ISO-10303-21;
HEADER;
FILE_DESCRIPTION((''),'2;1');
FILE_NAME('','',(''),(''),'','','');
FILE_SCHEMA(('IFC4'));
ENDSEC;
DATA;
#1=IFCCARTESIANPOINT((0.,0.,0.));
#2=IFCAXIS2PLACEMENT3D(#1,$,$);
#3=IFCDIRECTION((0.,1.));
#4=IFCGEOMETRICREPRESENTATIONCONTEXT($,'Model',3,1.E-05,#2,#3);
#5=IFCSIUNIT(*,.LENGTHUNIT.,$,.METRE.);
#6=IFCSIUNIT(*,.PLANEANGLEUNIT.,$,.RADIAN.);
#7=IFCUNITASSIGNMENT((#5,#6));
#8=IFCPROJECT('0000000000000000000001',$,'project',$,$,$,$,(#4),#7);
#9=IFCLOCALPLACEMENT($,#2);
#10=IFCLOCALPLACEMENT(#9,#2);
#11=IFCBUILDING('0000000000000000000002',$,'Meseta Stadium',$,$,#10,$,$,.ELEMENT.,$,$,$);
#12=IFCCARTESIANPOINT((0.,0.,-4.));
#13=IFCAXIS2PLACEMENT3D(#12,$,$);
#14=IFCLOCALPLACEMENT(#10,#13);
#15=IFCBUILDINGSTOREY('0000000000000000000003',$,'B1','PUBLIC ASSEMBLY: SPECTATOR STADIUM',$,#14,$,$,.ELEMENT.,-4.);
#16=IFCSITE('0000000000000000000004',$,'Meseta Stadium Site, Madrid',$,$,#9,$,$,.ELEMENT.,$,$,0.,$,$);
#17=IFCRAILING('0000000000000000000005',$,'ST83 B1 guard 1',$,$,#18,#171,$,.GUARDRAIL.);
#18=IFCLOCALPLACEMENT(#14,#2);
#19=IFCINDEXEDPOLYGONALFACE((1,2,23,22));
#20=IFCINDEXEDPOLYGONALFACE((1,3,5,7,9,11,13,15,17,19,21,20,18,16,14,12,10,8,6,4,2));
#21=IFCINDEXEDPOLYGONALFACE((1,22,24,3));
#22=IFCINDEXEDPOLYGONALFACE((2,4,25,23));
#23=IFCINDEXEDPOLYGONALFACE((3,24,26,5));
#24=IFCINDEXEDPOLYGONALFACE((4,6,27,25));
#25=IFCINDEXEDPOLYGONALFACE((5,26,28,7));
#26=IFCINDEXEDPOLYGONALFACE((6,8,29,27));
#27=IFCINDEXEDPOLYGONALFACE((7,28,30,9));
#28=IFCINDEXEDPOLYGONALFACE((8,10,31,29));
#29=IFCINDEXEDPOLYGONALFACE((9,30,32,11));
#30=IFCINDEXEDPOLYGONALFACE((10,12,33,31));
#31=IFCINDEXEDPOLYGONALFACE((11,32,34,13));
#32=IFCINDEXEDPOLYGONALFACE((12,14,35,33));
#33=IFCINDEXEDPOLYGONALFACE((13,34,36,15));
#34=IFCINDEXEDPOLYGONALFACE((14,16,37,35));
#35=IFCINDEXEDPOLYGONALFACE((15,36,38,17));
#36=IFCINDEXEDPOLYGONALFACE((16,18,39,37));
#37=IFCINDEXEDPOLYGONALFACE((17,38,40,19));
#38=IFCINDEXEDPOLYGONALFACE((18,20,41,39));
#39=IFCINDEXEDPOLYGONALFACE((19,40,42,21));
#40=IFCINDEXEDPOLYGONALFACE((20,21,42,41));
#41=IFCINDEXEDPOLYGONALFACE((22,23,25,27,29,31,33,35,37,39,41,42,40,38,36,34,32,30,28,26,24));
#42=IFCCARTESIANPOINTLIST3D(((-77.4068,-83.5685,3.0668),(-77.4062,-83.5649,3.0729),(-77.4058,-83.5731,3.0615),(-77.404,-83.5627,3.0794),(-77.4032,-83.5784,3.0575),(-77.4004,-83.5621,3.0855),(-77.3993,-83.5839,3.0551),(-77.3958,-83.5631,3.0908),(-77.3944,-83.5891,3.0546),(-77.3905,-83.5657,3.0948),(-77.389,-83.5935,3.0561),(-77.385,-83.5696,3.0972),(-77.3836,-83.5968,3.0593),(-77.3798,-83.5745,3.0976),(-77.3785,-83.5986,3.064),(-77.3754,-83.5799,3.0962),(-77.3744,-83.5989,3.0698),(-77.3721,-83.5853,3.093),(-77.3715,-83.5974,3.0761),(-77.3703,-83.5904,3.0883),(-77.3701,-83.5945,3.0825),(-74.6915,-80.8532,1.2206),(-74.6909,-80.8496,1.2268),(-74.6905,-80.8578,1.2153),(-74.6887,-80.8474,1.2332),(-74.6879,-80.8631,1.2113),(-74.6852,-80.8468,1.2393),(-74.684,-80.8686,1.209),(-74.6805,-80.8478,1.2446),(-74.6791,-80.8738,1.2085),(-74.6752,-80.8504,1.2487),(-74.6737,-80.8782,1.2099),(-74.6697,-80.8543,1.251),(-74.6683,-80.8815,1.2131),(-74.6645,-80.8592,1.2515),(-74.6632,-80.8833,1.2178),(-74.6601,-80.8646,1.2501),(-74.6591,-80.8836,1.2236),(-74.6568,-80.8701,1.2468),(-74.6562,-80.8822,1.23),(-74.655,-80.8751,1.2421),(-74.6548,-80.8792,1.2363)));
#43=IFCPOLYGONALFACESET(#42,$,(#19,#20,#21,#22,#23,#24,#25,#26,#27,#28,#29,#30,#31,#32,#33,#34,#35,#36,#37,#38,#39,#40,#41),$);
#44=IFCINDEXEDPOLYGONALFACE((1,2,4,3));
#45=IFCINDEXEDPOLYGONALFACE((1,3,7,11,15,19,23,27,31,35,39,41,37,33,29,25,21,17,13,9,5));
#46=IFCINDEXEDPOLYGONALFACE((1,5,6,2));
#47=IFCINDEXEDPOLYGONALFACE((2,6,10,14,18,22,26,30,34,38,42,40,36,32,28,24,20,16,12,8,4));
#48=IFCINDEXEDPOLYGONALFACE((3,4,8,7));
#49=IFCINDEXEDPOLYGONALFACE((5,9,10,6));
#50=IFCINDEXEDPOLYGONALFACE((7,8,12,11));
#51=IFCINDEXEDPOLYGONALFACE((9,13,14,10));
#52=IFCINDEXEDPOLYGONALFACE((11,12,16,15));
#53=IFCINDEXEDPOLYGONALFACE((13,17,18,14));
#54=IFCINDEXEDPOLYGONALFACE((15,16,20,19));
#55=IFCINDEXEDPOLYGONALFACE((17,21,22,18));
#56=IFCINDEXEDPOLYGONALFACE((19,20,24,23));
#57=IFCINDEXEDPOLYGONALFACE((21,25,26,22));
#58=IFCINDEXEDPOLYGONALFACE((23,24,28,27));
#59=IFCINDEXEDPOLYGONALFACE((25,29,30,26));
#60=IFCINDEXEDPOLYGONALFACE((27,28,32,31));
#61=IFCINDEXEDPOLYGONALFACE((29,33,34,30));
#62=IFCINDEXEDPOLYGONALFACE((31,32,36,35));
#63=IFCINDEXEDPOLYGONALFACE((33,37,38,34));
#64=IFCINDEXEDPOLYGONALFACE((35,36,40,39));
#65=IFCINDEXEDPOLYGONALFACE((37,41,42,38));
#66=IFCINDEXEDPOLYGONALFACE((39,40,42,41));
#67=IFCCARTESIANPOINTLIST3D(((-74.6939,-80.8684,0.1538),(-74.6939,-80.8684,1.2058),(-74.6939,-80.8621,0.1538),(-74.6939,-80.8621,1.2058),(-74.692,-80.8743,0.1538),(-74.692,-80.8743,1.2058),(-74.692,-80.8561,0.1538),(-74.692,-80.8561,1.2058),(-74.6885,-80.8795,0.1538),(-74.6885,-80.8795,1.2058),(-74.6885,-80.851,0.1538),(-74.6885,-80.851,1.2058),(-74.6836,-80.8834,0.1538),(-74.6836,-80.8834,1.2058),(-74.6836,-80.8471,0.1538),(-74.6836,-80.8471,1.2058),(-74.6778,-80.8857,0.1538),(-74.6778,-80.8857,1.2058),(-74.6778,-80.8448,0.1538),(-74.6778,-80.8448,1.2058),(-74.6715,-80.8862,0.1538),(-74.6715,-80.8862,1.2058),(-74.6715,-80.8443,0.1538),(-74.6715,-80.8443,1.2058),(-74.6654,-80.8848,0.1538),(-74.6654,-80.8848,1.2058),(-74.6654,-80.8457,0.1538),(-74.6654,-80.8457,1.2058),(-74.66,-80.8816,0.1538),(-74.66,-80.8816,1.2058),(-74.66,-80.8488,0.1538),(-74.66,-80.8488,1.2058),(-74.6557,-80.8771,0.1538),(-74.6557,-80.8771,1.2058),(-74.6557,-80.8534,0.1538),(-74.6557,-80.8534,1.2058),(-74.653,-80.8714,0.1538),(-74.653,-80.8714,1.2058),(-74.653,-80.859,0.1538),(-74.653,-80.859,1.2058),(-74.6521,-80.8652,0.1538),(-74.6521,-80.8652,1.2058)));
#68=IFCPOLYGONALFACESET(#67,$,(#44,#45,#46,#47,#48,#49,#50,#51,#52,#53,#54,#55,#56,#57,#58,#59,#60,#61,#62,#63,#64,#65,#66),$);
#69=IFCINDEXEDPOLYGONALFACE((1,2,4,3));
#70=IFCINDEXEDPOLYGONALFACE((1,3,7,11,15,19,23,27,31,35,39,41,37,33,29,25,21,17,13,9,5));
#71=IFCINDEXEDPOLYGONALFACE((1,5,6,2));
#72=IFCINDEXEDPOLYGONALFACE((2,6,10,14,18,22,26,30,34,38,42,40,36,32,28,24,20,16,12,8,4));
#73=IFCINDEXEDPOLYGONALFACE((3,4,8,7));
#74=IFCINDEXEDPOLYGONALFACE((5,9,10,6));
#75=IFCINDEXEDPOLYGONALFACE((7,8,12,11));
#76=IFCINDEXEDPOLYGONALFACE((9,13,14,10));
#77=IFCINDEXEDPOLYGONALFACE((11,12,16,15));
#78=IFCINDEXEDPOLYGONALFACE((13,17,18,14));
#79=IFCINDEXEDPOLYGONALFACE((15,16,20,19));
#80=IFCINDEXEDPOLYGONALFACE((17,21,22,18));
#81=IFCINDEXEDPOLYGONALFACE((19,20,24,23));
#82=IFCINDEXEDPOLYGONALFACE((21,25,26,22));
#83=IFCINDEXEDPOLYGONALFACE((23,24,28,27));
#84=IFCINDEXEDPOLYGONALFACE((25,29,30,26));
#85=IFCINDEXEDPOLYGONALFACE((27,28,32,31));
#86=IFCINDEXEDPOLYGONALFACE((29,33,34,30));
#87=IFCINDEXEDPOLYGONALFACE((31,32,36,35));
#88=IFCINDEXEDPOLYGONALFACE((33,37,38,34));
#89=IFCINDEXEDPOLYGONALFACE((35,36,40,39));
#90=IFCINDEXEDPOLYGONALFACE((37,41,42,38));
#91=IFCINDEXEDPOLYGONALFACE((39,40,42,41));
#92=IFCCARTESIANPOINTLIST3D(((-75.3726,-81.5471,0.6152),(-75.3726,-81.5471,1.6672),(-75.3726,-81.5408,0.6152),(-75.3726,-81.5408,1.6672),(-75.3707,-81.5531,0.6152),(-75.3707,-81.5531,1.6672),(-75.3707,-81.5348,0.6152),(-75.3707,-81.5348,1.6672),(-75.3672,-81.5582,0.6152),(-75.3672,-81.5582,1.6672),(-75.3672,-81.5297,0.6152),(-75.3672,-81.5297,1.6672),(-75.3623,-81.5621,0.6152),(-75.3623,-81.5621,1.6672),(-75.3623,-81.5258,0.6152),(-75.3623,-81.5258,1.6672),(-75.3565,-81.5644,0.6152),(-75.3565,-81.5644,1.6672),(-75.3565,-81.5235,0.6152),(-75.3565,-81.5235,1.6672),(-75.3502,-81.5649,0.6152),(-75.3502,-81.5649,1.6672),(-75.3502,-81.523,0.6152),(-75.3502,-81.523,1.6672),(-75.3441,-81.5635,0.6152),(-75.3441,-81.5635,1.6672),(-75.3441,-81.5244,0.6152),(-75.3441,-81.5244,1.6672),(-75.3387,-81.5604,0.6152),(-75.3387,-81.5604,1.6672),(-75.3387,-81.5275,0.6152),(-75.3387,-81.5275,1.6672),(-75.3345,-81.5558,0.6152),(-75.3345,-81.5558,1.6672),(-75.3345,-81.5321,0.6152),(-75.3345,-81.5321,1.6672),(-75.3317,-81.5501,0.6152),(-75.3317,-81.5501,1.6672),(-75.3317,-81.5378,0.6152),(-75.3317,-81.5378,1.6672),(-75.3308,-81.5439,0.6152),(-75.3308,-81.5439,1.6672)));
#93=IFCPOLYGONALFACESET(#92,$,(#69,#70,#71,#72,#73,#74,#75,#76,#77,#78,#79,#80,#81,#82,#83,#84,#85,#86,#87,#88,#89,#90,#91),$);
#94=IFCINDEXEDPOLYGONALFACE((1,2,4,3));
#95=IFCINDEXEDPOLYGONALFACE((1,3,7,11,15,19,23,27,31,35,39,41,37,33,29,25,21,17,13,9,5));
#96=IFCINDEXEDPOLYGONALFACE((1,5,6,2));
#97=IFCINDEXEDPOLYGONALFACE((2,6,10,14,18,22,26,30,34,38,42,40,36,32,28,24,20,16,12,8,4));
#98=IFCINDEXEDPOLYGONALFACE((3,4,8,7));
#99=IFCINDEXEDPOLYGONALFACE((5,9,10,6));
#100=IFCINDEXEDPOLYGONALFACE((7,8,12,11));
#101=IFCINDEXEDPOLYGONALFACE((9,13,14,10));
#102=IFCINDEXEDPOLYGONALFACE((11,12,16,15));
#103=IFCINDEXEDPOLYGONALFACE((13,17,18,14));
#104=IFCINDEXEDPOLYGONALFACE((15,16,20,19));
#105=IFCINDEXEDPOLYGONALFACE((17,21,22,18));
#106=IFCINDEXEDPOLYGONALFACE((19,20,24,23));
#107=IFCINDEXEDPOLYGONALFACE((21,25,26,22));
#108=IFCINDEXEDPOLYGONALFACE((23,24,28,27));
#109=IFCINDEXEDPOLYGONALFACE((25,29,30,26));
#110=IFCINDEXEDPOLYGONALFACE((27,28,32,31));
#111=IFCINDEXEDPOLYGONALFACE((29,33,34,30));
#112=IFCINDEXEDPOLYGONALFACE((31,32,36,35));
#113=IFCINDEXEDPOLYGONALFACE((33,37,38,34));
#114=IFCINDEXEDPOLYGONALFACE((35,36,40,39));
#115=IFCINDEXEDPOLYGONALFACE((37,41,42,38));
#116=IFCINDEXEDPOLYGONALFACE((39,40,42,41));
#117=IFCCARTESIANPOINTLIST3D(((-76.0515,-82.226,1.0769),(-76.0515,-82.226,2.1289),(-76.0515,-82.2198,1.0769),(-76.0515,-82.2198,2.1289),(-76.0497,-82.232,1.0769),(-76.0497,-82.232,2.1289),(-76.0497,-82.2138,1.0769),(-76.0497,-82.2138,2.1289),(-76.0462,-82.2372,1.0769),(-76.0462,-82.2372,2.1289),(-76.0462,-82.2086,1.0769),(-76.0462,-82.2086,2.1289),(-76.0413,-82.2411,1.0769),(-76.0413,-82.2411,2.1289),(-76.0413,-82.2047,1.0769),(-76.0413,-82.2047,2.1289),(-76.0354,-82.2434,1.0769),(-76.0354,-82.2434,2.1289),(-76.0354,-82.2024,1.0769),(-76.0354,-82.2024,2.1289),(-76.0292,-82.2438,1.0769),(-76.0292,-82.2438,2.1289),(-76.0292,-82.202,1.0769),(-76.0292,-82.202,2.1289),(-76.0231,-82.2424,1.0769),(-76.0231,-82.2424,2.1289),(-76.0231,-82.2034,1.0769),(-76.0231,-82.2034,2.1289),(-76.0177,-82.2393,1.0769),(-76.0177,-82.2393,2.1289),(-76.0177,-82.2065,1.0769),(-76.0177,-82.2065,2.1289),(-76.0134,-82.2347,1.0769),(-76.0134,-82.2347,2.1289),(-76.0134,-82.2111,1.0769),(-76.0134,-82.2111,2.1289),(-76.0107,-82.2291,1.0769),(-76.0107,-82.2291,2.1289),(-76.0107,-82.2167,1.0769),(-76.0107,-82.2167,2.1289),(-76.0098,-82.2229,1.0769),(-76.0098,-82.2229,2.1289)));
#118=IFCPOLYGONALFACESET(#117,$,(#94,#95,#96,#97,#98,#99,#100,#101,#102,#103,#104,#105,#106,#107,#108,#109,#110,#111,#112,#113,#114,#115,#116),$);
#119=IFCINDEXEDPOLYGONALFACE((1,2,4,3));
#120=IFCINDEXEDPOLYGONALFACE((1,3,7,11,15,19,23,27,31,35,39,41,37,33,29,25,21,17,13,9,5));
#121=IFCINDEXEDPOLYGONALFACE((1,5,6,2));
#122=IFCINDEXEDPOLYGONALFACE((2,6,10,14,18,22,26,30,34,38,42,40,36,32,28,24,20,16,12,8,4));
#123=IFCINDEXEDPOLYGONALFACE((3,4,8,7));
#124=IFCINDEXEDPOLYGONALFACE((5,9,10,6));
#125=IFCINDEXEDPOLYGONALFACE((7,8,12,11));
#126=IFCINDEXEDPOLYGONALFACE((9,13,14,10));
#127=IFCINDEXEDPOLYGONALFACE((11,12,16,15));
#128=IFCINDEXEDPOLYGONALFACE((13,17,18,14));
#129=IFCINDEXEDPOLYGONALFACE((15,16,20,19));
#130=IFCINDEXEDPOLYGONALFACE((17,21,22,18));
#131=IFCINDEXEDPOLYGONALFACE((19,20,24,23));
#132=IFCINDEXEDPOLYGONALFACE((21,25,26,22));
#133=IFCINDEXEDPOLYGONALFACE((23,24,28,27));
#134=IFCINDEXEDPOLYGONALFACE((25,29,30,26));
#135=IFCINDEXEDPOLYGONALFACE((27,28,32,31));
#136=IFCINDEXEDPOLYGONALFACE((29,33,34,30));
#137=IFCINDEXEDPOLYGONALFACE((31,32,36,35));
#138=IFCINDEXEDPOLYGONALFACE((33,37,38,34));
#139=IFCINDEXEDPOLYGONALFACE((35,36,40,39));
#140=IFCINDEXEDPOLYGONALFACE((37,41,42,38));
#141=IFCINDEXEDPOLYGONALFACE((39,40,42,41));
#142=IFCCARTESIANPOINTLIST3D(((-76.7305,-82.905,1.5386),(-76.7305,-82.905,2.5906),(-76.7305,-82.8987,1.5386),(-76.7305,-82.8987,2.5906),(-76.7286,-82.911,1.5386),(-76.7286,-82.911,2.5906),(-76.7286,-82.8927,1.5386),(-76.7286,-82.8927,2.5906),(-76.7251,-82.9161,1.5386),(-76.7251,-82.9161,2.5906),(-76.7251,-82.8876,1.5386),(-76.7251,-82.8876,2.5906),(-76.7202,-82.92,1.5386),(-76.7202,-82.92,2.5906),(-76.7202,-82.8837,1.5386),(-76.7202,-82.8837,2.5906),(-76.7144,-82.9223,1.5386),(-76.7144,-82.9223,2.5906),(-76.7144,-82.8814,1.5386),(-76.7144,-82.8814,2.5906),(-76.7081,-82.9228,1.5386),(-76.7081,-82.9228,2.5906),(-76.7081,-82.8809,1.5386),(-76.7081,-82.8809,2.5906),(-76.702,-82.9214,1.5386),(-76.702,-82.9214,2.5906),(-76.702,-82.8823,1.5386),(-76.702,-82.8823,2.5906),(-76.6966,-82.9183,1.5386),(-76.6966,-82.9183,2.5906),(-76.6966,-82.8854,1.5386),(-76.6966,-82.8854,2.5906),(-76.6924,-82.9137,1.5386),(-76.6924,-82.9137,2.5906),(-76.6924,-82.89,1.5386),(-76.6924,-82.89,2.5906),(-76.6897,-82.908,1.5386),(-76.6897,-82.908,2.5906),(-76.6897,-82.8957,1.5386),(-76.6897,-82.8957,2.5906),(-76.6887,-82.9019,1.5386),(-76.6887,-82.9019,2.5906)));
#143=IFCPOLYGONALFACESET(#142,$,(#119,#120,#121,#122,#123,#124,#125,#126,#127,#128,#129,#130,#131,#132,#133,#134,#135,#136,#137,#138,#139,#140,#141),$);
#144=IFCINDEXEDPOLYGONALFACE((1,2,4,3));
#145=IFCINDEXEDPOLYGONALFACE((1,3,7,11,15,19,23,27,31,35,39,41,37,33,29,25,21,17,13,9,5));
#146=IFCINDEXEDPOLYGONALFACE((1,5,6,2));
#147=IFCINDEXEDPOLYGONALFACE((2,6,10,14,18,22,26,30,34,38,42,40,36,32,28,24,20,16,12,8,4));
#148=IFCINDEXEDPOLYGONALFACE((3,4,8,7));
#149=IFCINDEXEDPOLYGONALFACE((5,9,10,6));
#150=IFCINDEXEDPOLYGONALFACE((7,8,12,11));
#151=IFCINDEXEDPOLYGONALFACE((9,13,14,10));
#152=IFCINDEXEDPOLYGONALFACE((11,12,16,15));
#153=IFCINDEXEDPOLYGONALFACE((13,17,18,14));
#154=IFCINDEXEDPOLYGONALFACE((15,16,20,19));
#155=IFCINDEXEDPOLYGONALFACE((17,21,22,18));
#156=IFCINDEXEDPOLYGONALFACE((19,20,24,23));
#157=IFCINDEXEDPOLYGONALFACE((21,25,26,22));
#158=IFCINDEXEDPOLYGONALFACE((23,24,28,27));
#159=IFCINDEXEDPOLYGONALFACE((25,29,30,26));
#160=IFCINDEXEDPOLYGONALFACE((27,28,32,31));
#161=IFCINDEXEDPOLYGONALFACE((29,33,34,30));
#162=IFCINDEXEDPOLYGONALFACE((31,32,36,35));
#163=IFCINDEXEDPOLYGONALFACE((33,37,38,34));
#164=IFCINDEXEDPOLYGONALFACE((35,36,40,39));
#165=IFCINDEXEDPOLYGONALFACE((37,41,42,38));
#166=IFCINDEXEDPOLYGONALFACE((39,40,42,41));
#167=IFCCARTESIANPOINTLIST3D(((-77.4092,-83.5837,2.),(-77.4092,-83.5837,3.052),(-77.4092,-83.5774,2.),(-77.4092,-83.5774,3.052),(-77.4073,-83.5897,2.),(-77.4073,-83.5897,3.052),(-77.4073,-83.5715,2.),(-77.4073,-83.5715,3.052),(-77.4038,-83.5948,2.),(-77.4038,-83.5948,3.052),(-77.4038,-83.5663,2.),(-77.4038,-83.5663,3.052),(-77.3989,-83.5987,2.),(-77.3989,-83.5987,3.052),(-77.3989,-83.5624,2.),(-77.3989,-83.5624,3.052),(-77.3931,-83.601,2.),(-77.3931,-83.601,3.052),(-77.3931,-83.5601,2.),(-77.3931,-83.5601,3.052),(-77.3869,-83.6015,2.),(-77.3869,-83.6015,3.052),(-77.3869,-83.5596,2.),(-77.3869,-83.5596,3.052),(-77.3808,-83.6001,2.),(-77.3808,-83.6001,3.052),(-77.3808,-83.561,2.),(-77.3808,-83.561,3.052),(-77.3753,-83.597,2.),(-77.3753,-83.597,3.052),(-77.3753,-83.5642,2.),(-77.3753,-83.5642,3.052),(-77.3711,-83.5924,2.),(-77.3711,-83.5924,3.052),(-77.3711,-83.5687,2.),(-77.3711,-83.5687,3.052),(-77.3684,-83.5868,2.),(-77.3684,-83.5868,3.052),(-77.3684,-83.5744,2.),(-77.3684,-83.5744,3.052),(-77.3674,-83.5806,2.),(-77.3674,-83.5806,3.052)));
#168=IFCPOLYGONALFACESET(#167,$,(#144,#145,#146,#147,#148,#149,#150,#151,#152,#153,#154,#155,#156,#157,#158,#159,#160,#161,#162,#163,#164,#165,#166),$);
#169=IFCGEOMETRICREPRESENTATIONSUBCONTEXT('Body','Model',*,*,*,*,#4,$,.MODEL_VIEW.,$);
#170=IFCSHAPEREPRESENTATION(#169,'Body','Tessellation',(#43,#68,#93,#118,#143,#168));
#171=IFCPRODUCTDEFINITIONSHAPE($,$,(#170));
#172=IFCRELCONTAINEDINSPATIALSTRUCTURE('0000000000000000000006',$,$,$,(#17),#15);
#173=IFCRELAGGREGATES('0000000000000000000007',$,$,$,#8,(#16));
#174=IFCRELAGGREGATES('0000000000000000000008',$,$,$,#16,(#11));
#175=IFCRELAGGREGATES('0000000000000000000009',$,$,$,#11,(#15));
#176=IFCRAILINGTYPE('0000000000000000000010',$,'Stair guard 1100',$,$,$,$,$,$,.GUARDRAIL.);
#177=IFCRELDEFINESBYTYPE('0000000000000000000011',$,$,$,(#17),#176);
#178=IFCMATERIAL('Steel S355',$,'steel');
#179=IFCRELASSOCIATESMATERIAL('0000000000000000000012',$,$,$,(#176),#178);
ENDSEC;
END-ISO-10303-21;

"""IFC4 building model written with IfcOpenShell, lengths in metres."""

from ifc_helpers import new_model, si_unit, direction, frame, origin, origin_2d, place, context, subcontext, project, spatial, circle, extrude, material, type_object, element, save


model = new_model("IFC4")

# Units and contexts
model_context = context("Model", 3, precision=1e-05, world=origin(), true_north=direction((0.0, 1.0)))
body_context = subcontext(model_context, "Body", "Model", "MODEL_VIEW")
ifc_project = project(units=[si_unit("LENGTHUNIT", "METRE"), si_unit("PLANEANGLEUNIT", "RADIAN")], contexts=[model_context])

# Site, building, storey
site_placement = place(None, origin())
site = spatial("IfcSite", under=ifc_project, at=site_placement, Name="Meseta Stadium Site, Madrid", CompositionType="ELEMENT", RefElevation=0.0)
building_placement = place(site_placement, origin())
building = spatial("IfcBuilding", under=site, at=building_placement, Name="Meseta Stadium", CompositionType="ELEMENT")
storey_placement = place(building_placement, frame((0.0, 0.0, -4.0)))
storey = spatial("IfcBuildingStorey", under=building, at=storey_placement, Name="B1", Description="PUBLIC ASSEMBLY: SPECTATOR STADIUM", CompositionType="ELEMENT", Elevation=-4.0)

# Railing
ifc_material_1 = material(Name="Steel S355", Category="steel")
railing_type_1 = type_object("IfcRailingType", Name="Stair guard 1100", PredefinedType="GUARDRAIL", material=ifc_material_1)
railing_1_placement = place(storey_placement, frame((-74.6731, -80.8652, 0.1538)))
element("IfcRailing", 1, at=railing_1_placement, inside=storey, type_object=railing_type_1, Name="ST83 B1 guard 1", PredefinedType="GUARDRAIL", context=body_context, shape_type="SweptSolid", body=[
    extrude(circle(Radius=0.0239, at=origin_2d()), frame((0.0, 0.0, 1.0762), z_axis=(-0.637281, -0.637281, 0.433296), x_axis=(0.707107, -0.707107, 0.0)), (0.0, 0.0, 1.0), 4.2607),
    extrude(circle(Radius=0.021, at=origin_2d()), origin(), (0.0, 0.0, 1.0), 1.052),
    extrude(circle(Radius=0.021, at=origin_2d()), frame((-0.6787, -0.6787, 0.4614)), (0.0, 0.0, 1.0), 1.052),
    extrude(circle(Radius=0.021, at=origin_2d()), frame((-1.3577, -1.3577, 0.9231)), (0.0, 0.0, 1.0), 1.052),
    extrude(circle(Radius=0.021, at=origin_2d()), frame((-2.0366, -2.0366, 1.3848)), (0.0, 0.0, 1.0), 1.052),
    extrude(circle(Radius=0.021, at=origin_2d()), frame((-2.7153, -2.7153, 1.8462)), (0.0, 0.0, 1.0), 1.052),
])

save(model, "model.ifc")
